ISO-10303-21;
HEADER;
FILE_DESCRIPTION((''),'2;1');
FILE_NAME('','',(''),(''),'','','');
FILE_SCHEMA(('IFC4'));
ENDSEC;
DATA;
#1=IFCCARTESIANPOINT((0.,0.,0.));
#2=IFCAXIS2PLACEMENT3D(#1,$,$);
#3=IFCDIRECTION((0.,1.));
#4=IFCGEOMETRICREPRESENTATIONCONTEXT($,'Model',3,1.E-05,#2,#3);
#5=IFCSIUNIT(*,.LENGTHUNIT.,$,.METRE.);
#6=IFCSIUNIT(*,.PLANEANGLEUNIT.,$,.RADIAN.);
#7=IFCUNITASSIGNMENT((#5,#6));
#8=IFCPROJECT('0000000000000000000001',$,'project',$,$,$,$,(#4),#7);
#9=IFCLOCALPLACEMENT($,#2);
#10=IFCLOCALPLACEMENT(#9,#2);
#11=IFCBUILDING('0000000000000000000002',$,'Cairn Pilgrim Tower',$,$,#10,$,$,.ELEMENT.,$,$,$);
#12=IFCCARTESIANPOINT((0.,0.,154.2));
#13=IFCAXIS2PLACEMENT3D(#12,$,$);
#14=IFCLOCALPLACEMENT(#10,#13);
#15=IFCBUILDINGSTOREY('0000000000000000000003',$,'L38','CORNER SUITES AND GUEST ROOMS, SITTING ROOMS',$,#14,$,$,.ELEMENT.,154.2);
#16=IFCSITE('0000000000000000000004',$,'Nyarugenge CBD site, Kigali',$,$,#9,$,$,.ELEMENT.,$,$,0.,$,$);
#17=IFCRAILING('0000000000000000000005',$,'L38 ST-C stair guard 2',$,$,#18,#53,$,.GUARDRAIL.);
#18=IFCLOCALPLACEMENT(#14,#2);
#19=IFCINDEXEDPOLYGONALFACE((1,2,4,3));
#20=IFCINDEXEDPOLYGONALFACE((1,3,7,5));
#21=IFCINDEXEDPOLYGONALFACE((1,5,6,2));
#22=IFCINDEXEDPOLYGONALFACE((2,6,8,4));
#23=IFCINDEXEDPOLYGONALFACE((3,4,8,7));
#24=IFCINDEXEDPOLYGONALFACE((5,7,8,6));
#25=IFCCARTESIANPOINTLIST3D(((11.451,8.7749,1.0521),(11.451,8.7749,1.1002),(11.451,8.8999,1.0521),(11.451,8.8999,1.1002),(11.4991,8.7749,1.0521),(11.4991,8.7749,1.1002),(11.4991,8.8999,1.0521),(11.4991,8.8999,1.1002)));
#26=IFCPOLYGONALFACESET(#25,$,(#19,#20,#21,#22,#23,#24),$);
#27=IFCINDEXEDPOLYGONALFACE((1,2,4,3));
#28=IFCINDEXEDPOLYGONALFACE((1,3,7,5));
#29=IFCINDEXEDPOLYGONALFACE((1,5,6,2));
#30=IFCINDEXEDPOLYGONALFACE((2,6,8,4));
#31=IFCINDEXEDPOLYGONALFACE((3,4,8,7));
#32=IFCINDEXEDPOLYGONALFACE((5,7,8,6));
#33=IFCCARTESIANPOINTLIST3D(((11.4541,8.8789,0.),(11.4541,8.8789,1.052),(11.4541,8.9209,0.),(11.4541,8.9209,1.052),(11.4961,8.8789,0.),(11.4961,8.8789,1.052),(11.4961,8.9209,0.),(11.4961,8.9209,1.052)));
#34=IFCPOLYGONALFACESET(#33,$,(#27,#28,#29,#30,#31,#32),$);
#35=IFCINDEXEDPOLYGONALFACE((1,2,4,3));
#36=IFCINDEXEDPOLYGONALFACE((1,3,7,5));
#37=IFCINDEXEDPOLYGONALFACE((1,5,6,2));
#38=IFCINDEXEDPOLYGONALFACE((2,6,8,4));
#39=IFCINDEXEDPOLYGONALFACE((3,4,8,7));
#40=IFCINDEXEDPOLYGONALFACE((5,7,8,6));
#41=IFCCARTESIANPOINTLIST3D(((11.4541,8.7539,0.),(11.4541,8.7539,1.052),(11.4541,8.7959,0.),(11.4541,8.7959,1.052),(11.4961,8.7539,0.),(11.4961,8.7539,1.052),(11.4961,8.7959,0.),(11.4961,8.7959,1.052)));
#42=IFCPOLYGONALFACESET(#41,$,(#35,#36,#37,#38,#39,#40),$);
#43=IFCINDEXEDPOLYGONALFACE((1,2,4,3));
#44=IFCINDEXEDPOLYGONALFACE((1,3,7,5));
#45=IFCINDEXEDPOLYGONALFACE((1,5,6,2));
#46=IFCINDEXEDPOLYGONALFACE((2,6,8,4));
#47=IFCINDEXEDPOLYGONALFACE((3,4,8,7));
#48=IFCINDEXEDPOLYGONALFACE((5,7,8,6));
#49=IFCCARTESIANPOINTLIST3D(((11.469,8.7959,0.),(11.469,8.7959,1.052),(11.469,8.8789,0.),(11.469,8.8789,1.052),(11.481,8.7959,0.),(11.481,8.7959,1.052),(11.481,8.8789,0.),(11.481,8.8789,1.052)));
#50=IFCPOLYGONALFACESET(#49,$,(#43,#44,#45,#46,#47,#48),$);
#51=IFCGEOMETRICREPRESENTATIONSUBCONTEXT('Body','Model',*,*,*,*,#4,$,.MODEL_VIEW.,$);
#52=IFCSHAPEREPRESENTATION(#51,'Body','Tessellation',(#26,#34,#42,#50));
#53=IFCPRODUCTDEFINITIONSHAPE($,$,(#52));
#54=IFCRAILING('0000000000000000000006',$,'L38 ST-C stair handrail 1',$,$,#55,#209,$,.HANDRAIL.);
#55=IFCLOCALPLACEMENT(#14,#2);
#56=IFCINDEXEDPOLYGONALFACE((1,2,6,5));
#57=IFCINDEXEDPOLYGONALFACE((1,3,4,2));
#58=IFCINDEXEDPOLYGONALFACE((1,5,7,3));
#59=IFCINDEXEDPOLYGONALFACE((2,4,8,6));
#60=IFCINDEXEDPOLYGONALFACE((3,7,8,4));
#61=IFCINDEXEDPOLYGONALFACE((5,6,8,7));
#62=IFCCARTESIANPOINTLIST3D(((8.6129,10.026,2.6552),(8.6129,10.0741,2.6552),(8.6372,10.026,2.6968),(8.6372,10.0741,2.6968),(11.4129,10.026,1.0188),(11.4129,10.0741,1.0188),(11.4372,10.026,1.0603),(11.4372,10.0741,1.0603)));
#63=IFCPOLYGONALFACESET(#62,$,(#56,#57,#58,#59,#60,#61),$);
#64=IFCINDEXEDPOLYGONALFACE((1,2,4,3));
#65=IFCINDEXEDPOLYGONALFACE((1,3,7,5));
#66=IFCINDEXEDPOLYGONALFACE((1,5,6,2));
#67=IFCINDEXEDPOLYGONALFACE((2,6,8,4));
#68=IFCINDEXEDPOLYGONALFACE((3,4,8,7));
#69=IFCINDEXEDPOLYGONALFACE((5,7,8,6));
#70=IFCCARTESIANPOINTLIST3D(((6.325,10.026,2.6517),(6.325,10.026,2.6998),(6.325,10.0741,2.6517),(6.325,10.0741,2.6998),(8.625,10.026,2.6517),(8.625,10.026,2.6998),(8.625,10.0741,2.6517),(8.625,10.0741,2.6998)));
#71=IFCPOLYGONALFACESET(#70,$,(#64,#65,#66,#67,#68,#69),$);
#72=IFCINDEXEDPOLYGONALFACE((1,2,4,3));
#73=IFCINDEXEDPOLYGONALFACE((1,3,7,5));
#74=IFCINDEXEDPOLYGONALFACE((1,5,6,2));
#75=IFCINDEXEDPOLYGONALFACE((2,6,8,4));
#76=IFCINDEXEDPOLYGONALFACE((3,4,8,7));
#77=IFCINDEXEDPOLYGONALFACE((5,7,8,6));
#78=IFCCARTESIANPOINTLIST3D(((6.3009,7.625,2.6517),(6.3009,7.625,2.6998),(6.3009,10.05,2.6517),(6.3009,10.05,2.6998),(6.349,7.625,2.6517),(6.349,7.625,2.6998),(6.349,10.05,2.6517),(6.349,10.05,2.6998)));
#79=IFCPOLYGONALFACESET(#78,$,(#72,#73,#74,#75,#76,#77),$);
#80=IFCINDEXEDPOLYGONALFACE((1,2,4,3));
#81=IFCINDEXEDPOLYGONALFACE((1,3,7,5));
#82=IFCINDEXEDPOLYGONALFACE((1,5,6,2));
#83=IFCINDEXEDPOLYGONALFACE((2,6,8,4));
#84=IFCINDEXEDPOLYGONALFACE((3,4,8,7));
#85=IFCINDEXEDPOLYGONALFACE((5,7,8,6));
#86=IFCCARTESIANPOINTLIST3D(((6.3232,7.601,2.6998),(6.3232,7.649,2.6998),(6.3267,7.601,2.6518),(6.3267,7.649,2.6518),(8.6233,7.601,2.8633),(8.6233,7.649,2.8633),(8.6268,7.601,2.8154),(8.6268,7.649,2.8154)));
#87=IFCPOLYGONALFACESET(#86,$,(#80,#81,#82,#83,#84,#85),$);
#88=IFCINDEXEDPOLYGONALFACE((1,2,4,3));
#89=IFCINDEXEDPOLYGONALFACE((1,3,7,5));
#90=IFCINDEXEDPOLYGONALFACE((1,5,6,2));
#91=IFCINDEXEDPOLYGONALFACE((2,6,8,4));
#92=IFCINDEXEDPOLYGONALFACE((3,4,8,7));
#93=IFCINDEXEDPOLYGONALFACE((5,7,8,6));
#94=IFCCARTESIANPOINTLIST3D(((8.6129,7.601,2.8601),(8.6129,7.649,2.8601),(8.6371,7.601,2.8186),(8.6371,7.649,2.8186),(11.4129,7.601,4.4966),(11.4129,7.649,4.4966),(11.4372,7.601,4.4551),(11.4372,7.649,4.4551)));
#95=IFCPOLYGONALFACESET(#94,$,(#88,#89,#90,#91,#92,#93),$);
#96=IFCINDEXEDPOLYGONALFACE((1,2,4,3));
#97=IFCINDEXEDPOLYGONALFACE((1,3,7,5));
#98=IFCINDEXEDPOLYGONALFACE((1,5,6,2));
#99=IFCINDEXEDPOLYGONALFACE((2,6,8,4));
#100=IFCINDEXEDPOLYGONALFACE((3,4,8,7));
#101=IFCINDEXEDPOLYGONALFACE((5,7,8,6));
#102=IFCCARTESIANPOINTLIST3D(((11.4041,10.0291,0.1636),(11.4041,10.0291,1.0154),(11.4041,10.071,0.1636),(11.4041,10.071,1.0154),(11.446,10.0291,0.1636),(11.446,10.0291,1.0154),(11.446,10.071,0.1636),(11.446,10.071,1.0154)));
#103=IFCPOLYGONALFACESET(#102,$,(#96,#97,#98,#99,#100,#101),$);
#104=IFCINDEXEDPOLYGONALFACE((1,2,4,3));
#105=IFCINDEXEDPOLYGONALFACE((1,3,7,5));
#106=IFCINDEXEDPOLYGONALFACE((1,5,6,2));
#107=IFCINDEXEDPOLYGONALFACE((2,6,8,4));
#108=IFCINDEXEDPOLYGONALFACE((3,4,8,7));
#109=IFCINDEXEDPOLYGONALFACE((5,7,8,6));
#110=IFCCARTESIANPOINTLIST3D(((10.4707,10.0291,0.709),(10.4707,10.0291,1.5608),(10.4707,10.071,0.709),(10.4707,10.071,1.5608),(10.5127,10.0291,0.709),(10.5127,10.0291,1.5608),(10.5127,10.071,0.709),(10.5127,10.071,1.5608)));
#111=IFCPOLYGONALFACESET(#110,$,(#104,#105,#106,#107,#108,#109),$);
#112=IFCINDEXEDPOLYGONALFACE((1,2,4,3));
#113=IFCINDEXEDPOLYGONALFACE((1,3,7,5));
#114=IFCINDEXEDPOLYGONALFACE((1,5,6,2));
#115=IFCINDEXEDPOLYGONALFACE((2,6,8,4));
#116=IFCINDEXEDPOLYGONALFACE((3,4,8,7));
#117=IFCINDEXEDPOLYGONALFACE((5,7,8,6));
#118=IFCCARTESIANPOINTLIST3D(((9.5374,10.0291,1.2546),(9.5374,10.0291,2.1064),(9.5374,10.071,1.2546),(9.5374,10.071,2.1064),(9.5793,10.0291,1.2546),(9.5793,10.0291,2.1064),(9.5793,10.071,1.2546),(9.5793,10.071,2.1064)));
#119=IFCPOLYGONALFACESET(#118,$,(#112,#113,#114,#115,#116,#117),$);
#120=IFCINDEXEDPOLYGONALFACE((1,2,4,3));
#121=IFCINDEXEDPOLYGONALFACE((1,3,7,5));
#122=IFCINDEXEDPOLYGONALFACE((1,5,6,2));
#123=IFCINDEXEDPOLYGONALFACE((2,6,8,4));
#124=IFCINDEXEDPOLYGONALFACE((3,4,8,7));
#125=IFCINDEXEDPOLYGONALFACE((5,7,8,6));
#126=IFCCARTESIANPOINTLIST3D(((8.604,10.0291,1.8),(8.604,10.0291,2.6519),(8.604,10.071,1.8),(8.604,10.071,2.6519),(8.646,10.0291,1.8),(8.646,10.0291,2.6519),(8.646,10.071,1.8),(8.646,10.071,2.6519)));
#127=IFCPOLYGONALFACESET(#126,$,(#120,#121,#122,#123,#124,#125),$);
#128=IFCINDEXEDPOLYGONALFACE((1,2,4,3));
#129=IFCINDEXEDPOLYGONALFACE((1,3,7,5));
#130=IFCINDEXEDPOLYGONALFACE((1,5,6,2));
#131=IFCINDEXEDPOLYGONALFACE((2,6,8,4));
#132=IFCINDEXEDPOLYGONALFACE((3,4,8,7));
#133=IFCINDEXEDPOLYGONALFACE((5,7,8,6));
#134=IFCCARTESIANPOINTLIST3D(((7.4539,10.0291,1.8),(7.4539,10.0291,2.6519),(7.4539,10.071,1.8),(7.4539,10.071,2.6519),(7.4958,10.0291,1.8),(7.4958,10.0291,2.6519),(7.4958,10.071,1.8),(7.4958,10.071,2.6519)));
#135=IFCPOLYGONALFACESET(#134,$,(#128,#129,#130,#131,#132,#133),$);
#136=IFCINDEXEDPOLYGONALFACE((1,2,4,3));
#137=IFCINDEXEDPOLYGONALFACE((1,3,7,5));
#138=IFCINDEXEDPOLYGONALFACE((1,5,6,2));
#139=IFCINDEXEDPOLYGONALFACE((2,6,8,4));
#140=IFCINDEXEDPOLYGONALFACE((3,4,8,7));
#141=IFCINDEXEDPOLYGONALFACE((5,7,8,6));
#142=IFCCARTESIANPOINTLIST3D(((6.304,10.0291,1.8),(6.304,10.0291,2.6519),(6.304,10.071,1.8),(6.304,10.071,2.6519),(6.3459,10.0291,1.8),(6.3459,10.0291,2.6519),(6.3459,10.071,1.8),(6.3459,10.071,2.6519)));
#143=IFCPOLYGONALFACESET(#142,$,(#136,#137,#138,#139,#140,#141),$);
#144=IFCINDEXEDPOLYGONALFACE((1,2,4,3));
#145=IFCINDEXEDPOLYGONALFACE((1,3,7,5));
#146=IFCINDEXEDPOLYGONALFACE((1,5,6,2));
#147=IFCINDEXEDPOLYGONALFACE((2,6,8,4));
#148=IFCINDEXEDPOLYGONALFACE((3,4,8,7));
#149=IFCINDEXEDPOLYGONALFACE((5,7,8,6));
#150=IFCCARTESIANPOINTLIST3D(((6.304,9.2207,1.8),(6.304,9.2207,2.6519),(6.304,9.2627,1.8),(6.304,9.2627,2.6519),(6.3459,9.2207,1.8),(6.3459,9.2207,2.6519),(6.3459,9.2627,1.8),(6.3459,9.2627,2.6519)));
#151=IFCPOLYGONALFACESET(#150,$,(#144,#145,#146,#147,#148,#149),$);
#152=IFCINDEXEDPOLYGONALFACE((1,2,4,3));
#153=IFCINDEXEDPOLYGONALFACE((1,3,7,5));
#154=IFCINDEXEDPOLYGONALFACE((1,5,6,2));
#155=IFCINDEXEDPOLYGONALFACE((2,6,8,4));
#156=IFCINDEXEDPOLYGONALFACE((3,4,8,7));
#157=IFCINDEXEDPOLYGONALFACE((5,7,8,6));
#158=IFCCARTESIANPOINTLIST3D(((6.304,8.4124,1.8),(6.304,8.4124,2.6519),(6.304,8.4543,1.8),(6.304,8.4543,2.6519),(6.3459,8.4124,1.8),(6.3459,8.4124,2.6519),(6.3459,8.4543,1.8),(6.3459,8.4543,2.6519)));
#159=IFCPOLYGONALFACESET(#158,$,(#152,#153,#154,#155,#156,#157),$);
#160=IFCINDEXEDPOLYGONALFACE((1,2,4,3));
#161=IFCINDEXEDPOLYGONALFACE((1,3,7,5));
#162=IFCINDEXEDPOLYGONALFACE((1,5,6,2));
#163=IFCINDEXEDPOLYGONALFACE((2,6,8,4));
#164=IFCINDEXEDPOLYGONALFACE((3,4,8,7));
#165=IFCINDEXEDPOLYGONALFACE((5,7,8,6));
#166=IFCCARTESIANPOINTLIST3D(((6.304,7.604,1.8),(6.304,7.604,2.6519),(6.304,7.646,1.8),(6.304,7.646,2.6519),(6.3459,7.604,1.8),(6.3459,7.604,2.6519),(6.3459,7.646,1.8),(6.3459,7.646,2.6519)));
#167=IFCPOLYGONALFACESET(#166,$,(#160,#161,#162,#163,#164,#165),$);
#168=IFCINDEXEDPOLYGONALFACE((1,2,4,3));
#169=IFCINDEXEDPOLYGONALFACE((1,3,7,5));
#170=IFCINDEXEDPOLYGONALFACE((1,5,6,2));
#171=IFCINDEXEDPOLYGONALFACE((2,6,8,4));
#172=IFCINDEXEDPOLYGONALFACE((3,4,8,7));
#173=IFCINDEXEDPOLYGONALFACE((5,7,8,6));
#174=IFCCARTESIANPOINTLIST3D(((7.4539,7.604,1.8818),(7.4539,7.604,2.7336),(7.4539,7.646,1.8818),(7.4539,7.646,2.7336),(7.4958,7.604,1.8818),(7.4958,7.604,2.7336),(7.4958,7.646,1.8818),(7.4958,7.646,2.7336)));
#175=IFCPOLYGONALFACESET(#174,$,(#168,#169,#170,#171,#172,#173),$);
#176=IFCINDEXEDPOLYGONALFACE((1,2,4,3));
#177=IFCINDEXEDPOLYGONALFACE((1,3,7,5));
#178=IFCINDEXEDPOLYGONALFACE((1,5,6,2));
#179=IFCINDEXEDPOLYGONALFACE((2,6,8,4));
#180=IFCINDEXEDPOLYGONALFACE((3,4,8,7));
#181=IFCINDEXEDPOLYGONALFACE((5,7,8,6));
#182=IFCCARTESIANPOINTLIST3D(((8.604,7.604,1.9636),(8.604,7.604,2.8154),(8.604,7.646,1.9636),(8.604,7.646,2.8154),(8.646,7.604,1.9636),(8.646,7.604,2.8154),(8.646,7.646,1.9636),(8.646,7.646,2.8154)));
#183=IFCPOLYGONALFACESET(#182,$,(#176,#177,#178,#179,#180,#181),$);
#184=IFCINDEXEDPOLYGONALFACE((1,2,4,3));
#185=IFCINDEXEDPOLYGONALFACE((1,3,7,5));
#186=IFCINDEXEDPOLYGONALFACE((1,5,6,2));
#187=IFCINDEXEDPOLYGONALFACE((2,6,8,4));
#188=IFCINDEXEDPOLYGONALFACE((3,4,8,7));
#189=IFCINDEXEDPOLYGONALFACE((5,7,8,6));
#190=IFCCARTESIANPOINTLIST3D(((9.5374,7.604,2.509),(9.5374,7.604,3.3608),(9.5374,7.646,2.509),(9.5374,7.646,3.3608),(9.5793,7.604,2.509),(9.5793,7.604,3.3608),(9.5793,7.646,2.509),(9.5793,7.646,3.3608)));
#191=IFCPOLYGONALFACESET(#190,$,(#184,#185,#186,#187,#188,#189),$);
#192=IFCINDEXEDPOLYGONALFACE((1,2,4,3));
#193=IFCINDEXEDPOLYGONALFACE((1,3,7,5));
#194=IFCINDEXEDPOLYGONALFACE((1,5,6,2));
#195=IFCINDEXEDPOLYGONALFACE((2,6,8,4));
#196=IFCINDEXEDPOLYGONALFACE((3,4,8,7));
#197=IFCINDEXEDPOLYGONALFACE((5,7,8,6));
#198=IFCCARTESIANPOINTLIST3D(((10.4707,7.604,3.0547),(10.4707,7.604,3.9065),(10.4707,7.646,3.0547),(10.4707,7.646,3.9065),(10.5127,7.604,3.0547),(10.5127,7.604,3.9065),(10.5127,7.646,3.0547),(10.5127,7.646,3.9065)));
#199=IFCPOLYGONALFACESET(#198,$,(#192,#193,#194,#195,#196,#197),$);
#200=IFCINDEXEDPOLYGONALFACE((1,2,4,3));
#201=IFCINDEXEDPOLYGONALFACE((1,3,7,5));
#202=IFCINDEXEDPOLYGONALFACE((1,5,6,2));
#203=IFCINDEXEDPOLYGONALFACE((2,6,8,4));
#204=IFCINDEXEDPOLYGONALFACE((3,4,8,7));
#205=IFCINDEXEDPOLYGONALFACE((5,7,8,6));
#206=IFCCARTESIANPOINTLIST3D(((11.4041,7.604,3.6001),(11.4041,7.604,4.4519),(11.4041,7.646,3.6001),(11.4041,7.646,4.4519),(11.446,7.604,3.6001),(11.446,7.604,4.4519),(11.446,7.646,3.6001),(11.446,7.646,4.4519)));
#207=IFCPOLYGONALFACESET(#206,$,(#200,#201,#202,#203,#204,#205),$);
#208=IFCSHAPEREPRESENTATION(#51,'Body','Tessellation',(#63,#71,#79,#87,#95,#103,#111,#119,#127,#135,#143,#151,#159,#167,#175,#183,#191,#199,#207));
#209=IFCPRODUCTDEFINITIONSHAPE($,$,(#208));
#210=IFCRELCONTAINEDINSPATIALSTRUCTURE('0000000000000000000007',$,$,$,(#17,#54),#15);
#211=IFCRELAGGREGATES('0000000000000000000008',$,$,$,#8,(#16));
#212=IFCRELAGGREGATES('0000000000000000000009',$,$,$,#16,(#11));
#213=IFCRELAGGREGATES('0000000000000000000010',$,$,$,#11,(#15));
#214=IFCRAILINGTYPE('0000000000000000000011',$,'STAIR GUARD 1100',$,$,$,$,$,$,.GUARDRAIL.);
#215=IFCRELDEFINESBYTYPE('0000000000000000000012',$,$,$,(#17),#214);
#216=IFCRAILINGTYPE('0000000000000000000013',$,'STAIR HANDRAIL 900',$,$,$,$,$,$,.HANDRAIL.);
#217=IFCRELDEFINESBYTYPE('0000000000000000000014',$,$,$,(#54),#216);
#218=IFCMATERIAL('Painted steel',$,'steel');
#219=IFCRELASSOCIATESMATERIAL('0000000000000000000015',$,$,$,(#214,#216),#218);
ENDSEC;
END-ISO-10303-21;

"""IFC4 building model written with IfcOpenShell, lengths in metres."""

from ifc_helpers import new_model, si_unit, direction, frame, origin, origin_2d, place, context, subcontext, project, spatial, polyline, rectangle, outline, extrude, material, type_object, element, save


model = new_model("IFC4")

# Units and contexts
model_context = context("Model", 3, precision=1e-05, world=origin(), true_north=direction((0.0, 1.0)))
body_context = subcontext(model_context, "Body", "Model", "MODEL_VIEW")
ifc_project = project(units=[si_unit("LENGTHUNIT", "METRE"), si_unit("PLANEANGLEUNIT", "RADIAN")], contexts=[model_context])

# Site, building, storey
site_placement = place(None, origin())
site = spatial("IfcSite", under=ifc_project, at=site_placement, Name="Nyarugenge CBD site, Kigali", CompositionType="ELEMENT", RefElevation=0.0)
building_placement = place(site_placement, origin())
building = spatial("IfcBuilding", under=site, at=building_placement, Name="Cairn Pilgrim Tower", CompositionType="ELEMENT")
storey_placement = place(building_placement, frame((0.0, 0.0, 154.2)))
storey = spatial("IfcBuildingStorey", under=building, at=storey_placement, Name="L38", Description="CORNER SUITES AND GUEST ROOMS, SITTING ROOMS", CompositionType="ELEMENT", Elevation=154.2)

# Shared definitions
ifc_material_1 = material(Name="Painted steel", Category="steel")

# Railings
railing_type_1 = type_object("IfcRailingType", Name="STAIR GUARD 1100", PredefinedType="GUARDRAIL", material=ifc_material_1)
railing_1_placement = place(storey_placement, frame((11.4751, 8.8999, 0.0)))
element("IfcRailing", 1, at=railing_1_placement, inside=storey, type_object=railing_type_1, Name="L38 ST-C stair guard 2", PredefinedType="GUARDRAIL", context=body_context, shape_type="SweptSolid", body=[
    extrude(rectangle(XDim=0.0481, YDim=0.0481, at=origin_2d()), frame((0.0, 0.0, 1.0762), z_axis=(0.0, -1.0, 0.0), x_axis=(1.0, 0.0, 0.0)), (0.0, 0.0, 1.0), 0.125),
    extrude(rectangle(XDim=0.042, YDim=0.042, at=origin_2d()), origin(), (0.0, 0.0, 1.0), 1.052),
    extrude(rectangle(XDim=0.042, YDim=0.042, at=origin_2d()), frame((0.0, -0.125, 0.0)), (0.0, 0.0, 1.0), 1.052),
    extrude(outline(polyline([(0.021, 0.0), (0.104, 0.0), (0.104, 1.052), (0.021, 1.052), (0.021, 0.0)])), frame((0.0059, 0.0, 0.0), z_axis=(-1.0, 0.0, 0.0), x_axis=(0.0, -1.0, 0.0)), (0.0, 0.0, 1.0), 0.012),
])
railing_type_2 = type_object("IfcRailingType", Name="STAIR HANDRAIL 900", PredefinedType="HANDRAIL", material=ifc_material_1)
railing_2_placement = place(storey_placement, frame((11.425, 10.05, 0.1636)))
element("IfcRailing", 2, at=railing_2_placement, inside=storey, type_object=railing_type_2, Name="L38 ST-C stair handrail 1", PredefinedType="HANDRAIL", context=body_context, shape_type="SweptSolid", body=[
    extrude(rectangle(XDim=0.0481, YDim=0.0481, at=origin_2d()), frame((0.0, 0.0, 0.876), z_axis=(-0.863361, 0.0, 0.504587), x_axis=(0.0, -1.0, 0.0)), (0.0, 0.0, 1.0), 3.2432),
    extrude(rectangle(XDim=0.0481, YDim=0.0481, at=origin_2d()), frame((-2.8, 0.0, 2.5122), z_axis=(-1.0, 0.0, 0.0), x_axis=(0.0, -1.0, 0.0)), (0.0, 0.0, 1.0), 2.3),
    extrude(rectangle(XDim=0.0481, YDim=0.0481, at=origin_2d()), frame((-5.1001, 0.0, 2.5122), z_axis=(0.0, -1.0, 0.0), x_axis=(1.0, 0.0, 0.0)), (0.0, 0.0, 1.0), 2.425),
    extrude(rectangle(XDim=0.0481, YDim=0.0481, at=origin_2d()), frame((-5.1001, -2.425, 2.5122), z_axis=(0.997481, 0.0, 0.070939), x_axis=(0.0, 1.0, 0.0)), (0.0, 0.0, 1.0), 2.3059),
    extrude(rectangle(XDim=0.0481, YDim=0.0481, at=origin_2d()), frame((-2.8, -2.425, 2.6758), z_axis=(0.863361, 0.0, 0.504587), x_axis=(0.0, 1.0, 0.0)), (0.0, 0.0, 1.0), 3.2432),
    extrude(rectangle(XDim=0.042, YDim=0.042, at=origin_2d()), origin(), (0.0, 0.0, 1.0), 0.8518),
    extrude(rectangle(XDim=0.042, YDim=0.042, at=origin_2d()), frame((-0.9333, 0.0, 0.5454)), (0.0, 0.0, 1.0), 0.8518),
    extrude(rectangle(XDim=0.042, YDim=0.042, at=origin_2d()), frame((-1.8667, 0.0, 1.0911)), (0.0, 0.0, 1.0), 0.8518),
    extrude(rectangle(XDim=0.042, YDim=0.042, at=origin_2d()), frame((-2.8, 0.0, 1.6365)), (0.0, 0.0, 1.0), 0.8518),
    extrude(rectangle(XDim=0.042, YDim=0.042, at=origin_2d()), frame((-3.9502, 0.0, 1.6365)), (0.0, 0.0, 1.0), 0.8518),
    extrude(rectangle(XDim=0.042, YDim=0.042, at=origin_2d()), frame((-5.1001, 0.0, 1.6365)), (0.0, 0.0, 1.0), 0.8518),
    extrude(rectangle(XDim=0.042, YDim=0.042, at=origin_2d()), frame((-5.1001, -0.8083, 1.6365)), (0.0, 0.0, 1.0), 0.8518),
    extrude(rectangle(XDim=0.042, YDim=0.042, at=origin_2d()), frame((-5.1001, -1.6167, 1.6365)), (0.0, 0.0, 1.0), 0.8518),
    extrude(rectangle(XDim=0.042, YDim=0.042, at=origin_2d()), frame((-5.1001, -2.425, 1.6365)), (0.0, 0.0, 1.0), 0.8518),
    extrude(rectangle(XDim=0.042, YDim=0.042, at=origin_2d()), frame((-3.9502, -2.425, 1.7183)), (0.0, 0.0, 1.0), 0.8518),
    extrude(rectangle(XDim=0.042, YDim=0.042, at=origin_2d()), frame((-2.8, -2.425, 1.8)), (0.0, 0.0, 1.0), 0.8518),
    extrude(rectangle(XDim=0.042, YDim=0.042, at=origin_2d()), frame((-1.8667, -2.425, 2.3455)), (0.0, 0.0, 1.0), 0.8518),
    extrude(rectangle(XDim=0.042, YDim=0.042, at=origin_2d()), frame((-0.9333, -2.425, 2.8911)), (0.0, 0.0, 1.0), 0.8518),
    extrude(rectangle(XDim=0.042, YDim=0.042, at=origin_2d()), frame((0.0, -2.425, 3.4365)), (0.0, 0.0, 1.0), 0.8518),
])

save(model, "model.ifc")
